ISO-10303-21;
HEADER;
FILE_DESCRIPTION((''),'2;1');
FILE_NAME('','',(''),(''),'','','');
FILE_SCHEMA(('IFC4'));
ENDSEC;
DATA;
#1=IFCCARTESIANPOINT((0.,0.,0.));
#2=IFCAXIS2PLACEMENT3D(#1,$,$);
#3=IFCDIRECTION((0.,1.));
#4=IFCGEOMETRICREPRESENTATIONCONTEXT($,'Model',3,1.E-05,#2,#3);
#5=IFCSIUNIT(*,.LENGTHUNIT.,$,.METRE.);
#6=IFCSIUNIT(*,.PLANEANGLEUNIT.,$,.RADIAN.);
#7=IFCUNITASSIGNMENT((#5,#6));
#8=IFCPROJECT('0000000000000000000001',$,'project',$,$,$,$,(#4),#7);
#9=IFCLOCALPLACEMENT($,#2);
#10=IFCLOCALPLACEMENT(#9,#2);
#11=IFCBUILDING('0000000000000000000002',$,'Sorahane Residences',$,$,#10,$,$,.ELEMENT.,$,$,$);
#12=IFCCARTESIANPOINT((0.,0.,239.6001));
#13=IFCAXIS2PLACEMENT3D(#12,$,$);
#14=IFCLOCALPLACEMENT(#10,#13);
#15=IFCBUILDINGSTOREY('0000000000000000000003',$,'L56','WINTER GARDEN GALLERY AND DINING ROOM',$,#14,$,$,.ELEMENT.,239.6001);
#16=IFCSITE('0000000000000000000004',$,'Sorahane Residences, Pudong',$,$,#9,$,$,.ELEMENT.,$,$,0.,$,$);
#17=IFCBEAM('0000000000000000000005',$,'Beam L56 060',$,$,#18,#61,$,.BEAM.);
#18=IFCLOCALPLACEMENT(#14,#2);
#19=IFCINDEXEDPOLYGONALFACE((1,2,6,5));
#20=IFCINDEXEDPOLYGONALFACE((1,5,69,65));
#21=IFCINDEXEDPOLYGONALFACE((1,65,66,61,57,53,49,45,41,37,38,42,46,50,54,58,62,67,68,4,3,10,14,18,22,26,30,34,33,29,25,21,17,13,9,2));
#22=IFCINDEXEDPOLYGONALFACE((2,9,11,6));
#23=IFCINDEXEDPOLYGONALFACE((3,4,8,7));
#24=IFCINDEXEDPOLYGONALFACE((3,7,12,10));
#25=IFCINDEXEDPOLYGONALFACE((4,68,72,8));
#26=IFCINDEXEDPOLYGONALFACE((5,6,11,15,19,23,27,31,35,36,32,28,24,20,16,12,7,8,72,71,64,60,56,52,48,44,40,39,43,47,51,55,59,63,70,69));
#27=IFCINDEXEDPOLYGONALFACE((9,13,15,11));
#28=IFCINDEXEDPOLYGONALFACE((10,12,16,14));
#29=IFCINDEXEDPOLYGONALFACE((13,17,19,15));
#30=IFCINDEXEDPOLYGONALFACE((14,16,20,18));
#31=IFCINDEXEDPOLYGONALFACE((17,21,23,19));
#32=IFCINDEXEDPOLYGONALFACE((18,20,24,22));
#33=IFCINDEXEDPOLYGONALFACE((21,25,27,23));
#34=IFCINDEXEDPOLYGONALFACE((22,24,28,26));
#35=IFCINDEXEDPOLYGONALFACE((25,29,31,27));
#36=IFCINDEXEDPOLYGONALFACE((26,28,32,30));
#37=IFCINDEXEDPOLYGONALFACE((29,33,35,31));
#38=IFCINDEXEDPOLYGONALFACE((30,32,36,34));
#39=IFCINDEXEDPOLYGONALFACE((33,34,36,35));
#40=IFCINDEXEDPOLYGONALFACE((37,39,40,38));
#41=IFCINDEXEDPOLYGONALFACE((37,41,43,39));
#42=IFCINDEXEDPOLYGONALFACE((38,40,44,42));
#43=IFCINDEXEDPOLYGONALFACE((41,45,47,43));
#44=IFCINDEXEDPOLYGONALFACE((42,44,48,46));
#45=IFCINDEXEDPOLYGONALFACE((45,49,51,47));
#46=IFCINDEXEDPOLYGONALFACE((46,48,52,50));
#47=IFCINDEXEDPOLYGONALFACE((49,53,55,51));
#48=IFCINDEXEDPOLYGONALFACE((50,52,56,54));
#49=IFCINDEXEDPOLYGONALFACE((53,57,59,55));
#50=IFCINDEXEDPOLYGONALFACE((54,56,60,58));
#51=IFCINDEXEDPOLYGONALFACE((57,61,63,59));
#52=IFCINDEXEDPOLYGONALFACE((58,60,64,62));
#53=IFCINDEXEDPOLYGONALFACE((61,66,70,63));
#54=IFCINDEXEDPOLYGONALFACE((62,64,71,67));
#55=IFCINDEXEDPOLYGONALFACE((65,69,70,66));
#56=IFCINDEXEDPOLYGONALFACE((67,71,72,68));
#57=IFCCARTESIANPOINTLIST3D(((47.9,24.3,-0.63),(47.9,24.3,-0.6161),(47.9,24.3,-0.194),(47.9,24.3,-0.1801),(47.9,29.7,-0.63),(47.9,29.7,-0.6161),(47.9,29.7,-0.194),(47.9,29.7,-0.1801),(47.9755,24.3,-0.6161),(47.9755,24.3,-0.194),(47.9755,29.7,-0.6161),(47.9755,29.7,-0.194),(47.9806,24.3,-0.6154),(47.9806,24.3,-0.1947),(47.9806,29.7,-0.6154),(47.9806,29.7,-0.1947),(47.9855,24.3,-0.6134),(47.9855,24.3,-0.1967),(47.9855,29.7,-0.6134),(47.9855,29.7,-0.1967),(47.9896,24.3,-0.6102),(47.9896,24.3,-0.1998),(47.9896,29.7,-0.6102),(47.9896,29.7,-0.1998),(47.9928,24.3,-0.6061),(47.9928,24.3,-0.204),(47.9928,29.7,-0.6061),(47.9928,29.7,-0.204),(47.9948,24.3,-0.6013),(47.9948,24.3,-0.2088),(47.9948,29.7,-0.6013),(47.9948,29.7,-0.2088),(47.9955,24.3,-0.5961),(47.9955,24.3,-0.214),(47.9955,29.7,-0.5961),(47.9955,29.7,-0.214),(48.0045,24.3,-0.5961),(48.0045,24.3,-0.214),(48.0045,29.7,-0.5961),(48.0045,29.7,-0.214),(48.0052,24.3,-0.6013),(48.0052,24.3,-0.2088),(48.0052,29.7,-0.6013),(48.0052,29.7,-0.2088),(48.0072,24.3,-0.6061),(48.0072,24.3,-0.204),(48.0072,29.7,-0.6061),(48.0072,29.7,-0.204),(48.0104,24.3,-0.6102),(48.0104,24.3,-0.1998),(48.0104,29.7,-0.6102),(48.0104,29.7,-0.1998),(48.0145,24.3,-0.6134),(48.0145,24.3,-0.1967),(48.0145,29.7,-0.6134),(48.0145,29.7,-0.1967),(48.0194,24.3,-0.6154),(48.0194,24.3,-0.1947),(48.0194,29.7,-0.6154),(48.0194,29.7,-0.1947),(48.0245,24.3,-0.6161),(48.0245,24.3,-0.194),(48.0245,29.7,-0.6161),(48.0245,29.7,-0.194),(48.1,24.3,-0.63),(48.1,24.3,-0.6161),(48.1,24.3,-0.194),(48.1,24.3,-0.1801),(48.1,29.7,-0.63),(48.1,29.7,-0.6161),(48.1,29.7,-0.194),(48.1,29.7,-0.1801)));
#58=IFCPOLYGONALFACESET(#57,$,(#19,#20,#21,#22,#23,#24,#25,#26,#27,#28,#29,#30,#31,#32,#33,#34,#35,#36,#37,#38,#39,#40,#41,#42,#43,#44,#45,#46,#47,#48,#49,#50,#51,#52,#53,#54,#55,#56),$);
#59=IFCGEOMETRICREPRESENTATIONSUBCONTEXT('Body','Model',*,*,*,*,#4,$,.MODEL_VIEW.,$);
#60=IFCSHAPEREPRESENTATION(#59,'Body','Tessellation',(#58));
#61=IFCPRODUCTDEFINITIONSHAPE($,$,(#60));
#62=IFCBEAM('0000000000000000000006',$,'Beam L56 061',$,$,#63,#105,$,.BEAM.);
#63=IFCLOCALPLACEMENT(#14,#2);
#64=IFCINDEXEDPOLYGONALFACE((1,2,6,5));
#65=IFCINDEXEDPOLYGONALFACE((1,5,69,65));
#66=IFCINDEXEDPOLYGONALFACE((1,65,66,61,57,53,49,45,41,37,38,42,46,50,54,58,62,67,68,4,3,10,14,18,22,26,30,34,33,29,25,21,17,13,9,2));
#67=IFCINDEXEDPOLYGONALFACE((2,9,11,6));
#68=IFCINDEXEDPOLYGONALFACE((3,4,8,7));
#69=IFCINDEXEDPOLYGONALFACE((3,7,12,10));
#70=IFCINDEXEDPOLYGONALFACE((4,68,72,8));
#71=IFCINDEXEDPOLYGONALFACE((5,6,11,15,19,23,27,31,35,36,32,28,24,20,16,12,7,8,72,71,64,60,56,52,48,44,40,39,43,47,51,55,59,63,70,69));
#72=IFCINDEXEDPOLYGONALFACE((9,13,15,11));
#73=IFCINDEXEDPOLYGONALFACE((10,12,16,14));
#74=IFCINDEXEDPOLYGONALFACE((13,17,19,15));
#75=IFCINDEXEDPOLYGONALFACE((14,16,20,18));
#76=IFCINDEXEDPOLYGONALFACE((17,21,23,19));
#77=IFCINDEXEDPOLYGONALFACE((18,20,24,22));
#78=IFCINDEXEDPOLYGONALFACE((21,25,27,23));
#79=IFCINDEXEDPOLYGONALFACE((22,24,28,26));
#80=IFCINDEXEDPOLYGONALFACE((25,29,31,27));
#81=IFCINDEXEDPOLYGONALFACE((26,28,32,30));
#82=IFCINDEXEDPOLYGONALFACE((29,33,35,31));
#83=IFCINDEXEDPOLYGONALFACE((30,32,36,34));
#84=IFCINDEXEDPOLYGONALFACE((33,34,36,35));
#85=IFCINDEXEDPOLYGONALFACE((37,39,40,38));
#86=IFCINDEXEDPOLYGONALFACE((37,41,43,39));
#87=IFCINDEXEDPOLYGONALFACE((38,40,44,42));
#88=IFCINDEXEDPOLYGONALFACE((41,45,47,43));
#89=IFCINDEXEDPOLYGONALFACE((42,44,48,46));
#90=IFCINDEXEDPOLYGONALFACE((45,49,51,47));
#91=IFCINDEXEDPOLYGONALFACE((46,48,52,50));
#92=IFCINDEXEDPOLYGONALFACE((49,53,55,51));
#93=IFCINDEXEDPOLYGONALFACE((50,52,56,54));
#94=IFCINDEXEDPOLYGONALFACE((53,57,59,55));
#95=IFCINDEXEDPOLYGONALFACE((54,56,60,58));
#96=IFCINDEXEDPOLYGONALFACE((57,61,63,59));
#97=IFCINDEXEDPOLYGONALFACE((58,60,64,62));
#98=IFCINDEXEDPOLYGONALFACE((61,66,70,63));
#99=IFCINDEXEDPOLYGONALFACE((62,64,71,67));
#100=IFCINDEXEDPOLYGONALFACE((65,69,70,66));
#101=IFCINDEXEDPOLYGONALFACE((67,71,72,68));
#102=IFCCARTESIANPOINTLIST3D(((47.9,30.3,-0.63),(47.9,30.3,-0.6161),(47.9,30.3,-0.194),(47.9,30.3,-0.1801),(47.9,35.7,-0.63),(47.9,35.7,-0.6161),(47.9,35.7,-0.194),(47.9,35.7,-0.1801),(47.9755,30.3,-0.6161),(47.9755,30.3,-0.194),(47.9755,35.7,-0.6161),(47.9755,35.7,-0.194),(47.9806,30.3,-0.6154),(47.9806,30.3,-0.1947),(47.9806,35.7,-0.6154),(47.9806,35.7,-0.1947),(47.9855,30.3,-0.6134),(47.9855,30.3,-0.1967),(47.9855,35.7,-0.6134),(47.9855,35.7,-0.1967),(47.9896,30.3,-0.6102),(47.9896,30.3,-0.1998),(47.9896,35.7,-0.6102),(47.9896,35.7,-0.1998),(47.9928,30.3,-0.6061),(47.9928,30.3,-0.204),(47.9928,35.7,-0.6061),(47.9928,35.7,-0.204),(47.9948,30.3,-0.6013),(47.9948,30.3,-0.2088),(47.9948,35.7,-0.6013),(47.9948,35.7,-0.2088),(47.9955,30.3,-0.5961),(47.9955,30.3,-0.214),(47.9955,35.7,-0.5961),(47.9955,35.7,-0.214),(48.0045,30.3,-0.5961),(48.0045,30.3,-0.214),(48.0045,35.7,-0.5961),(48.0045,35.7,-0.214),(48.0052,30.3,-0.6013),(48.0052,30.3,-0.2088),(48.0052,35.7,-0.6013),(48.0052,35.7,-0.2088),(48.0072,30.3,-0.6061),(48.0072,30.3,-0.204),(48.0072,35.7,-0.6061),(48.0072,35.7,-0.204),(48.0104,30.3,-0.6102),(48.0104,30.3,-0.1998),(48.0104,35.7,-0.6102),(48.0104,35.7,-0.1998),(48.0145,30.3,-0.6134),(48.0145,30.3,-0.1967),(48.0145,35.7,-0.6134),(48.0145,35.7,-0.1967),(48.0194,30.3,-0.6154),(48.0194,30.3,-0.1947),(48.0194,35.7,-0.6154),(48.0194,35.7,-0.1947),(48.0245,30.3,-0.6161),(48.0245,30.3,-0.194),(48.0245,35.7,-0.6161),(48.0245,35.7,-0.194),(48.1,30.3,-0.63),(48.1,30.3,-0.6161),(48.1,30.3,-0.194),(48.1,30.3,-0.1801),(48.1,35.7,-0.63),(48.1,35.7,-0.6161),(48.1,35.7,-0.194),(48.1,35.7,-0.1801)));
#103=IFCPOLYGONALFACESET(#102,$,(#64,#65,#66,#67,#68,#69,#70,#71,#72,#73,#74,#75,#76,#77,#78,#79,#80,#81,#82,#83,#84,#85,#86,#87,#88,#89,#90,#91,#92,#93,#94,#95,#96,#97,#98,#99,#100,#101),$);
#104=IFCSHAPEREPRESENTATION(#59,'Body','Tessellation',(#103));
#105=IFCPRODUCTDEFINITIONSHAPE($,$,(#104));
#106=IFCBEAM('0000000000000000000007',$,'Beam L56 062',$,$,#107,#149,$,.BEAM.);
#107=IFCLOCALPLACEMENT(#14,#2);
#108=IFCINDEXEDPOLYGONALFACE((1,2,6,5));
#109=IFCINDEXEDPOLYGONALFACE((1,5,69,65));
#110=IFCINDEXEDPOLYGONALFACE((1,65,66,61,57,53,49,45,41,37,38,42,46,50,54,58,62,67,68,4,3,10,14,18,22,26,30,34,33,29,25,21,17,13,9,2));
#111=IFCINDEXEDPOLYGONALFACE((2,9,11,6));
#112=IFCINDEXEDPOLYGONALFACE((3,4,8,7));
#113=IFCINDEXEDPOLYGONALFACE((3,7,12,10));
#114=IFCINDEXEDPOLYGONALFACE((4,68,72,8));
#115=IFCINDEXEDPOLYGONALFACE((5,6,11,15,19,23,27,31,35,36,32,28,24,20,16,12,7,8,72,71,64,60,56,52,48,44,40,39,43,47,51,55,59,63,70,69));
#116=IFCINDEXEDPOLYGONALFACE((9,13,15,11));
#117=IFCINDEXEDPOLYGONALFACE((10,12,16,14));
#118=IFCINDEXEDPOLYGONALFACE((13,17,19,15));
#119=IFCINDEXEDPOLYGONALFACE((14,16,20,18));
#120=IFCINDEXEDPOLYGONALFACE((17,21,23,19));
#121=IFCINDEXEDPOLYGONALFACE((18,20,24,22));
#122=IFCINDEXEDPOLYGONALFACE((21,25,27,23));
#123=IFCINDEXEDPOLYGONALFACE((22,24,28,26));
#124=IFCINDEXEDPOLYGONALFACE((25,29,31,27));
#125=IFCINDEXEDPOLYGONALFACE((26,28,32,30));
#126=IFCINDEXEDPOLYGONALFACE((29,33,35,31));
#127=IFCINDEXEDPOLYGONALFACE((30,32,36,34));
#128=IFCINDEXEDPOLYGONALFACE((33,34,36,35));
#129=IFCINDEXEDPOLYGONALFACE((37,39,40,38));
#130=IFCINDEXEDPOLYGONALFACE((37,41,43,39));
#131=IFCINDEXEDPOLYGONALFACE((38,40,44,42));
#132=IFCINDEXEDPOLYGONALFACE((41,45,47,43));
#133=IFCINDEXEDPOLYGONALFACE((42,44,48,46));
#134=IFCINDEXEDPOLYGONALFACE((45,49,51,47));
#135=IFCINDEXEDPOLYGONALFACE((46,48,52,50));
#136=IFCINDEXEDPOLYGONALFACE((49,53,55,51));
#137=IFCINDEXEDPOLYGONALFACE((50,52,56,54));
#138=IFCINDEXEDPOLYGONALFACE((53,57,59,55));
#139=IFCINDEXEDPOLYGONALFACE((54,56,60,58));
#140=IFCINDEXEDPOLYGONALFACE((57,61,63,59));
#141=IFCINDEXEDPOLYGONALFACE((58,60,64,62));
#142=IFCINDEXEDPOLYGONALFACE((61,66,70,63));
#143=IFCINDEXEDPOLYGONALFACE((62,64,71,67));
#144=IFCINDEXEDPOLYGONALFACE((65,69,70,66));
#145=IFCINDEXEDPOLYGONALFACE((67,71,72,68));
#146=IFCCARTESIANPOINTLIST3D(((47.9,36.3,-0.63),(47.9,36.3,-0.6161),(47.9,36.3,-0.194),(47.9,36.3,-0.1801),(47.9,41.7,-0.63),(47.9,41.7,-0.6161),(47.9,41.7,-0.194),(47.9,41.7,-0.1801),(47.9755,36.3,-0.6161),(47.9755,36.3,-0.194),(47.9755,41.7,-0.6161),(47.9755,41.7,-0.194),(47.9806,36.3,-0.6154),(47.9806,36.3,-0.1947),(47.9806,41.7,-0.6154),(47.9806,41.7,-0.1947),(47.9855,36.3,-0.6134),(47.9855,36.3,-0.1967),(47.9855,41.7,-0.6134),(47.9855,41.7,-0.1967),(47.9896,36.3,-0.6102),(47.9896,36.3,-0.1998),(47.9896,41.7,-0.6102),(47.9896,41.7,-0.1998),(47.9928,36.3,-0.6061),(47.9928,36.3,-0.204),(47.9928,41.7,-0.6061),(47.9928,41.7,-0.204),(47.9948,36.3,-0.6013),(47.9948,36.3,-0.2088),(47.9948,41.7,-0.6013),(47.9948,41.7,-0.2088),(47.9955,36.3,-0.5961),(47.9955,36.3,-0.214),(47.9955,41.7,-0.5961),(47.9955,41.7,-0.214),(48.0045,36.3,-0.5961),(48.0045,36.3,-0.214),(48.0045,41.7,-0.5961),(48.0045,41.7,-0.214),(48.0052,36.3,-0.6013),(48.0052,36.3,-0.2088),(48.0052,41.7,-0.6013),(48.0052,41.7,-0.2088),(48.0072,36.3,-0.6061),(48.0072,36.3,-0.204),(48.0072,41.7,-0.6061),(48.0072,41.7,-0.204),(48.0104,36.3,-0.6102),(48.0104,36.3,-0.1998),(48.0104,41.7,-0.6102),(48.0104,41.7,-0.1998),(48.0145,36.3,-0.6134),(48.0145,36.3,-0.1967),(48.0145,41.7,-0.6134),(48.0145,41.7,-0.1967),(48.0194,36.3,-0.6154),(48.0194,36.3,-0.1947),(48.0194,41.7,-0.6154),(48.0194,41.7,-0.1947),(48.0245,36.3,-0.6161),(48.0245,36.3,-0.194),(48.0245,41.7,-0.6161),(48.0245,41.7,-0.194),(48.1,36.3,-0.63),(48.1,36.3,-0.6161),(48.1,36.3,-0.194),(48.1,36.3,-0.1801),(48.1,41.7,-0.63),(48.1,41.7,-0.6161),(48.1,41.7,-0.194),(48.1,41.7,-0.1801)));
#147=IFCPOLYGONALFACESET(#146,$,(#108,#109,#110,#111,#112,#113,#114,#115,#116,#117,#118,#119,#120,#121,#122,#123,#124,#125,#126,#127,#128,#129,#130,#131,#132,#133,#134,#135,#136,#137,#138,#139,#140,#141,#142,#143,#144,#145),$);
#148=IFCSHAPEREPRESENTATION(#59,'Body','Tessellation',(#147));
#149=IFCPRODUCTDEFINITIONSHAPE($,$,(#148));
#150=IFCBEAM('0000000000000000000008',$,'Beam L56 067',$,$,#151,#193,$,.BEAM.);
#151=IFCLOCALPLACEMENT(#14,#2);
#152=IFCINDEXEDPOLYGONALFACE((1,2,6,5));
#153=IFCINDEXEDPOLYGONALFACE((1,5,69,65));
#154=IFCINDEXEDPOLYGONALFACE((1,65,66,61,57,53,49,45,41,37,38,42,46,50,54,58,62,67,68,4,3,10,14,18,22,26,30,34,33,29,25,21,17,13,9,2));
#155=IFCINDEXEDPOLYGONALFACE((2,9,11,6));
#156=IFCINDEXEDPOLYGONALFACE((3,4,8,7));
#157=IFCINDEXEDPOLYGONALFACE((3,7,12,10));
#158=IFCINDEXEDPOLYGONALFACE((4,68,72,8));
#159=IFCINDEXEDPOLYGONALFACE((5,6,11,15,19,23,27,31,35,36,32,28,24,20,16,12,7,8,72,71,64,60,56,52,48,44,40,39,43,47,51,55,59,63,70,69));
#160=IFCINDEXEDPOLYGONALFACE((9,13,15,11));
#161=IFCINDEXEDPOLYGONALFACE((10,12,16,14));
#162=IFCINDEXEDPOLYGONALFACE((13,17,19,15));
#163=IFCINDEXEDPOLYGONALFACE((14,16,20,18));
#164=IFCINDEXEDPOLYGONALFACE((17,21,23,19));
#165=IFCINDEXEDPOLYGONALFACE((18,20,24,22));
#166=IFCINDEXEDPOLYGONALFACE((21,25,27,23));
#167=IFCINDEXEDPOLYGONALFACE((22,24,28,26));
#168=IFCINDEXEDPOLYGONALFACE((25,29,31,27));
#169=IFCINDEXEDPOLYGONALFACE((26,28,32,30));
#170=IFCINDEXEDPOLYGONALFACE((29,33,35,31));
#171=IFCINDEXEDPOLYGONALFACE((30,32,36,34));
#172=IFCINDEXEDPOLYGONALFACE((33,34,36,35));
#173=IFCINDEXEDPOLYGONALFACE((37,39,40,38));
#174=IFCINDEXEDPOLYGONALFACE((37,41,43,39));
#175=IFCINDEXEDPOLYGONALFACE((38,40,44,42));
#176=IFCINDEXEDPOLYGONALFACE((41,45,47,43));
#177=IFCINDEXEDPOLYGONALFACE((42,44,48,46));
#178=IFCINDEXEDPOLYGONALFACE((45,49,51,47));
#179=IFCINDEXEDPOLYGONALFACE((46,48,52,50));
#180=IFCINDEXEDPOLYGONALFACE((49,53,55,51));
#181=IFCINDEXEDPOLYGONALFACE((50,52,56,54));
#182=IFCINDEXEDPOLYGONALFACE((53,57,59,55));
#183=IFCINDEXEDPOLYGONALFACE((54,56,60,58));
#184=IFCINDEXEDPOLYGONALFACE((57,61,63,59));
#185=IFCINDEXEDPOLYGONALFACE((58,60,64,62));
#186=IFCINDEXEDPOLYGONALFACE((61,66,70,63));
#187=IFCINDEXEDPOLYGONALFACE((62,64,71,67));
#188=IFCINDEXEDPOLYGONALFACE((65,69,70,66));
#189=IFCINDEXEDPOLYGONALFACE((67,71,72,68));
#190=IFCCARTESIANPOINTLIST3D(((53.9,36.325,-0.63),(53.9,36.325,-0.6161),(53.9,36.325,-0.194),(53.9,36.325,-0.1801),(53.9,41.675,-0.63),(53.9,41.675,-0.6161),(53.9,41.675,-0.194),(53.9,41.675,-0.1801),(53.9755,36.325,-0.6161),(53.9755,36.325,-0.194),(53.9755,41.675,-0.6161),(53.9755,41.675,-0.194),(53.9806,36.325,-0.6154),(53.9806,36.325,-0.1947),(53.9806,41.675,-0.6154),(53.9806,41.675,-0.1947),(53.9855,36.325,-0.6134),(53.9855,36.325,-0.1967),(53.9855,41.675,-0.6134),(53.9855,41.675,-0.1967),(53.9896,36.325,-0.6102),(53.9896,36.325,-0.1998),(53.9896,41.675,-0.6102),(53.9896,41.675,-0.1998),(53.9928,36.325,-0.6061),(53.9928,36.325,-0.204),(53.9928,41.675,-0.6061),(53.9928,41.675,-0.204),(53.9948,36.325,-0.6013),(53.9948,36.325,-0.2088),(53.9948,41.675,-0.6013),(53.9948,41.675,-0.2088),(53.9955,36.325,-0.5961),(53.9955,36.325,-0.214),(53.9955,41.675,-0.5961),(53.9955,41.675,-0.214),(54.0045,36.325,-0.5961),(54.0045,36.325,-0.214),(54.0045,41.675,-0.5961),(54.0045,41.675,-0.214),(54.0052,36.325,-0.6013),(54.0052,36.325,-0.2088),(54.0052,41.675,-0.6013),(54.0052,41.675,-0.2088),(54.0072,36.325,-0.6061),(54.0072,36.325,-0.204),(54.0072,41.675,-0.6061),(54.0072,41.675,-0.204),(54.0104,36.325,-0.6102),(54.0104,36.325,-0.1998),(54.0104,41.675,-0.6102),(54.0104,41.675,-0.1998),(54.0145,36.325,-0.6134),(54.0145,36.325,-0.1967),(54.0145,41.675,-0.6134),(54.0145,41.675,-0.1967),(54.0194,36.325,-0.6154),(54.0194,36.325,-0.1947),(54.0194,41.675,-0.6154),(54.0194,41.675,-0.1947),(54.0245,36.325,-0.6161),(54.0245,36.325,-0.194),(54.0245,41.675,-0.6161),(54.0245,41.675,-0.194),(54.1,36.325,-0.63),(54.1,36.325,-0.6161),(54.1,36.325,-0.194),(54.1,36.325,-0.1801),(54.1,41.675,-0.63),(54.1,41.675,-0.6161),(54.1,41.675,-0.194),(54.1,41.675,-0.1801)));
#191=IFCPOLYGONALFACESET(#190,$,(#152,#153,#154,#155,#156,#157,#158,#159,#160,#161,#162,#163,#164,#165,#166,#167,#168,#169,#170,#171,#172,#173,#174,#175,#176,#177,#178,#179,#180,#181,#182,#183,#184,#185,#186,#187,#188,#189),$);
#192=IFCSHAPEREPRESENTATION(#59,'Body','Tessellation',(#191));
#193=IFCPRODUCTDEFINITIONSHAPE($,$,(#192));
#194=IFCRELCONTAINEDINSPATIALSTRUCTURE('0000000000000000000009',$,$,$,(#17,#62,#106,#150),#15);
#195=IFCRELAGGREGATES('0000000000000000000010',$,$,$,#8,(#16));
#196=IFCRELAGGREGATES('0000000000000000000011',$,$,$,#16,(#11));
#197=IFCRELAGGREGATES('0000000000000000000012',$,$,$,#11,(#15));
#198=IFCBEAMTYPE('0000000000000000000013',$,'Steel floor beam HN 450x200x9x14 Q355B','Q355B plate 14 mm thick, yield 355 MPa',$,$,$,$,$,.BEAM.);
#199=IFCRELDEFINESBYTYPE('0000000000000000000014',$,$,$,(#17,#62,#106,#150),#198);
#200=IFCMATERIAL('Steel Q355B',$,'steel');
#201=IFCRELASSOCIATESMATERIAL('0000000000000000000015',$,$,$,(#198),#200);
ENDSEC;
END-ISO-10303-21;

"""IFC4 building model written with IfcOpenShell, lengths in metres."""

from ifc_helpers import new_model, si_unit, direction, frame, origin, origin_2d, place, context, subcontext, project, spatial, i_section, extrude, material, material_profile, profile_set, type_object, element, save


model = new_model("IFC4")

# Units and contexts
model_context = context("Model", 3, precision=1e-05, world=origin(), true_north=direction((0.0, 1.0)))
body_context = subcontext(model_context, "Body", "Model", "MODEL_VIEW")
ifc_project = project(units=[si_unit("LENGTHUNIT", "METRE"), si_unit("PLANEANGLEUNIT", "RADIAN")], contexts=[model_context])

# Site, building, storey
site_placement = place(None, origin())
site = spatial("IfcSite", under=ifc_project, at=site_placement, Name="Sorahane Residences, Pudong", CompositionType="ELEMENT", RefElevation=0.0)
building_placement = place(site_placement, origin())
building = spatial("IfcBuilding", under=site, at=building_placement, Name="Sorahane Residences", CompositionType="ELEMENT")
storey_placement = place(building_placement, frame((0.0, 0.0, 239.6001)))
storey = spatial("IfcBuildingStorey", under=building, at=storey_placement, Name="L56", Description="WINTER GARDEN GALLERY AND DINING ROOM", CompositionType="ELEMENT", Elevation=239.6001)

# Beams
ifc_material_1 = material(Name="Steel Q355B", Category="steel")
ifc_material_profile_1 = material_profile(ifc_material_1, i_section(OverallWidth=0.2, OverallDepth=0.45, WebThickness=0.009, FlangeThickness=0.0139, FilletRadius=0.02, at=origin_2d()), Name="HN 450x200x9x14")
ifc_profile_set_1 = profile_set([ifc_material_profile_1], Name="Steel Q355B")
beam_type_1 = type_object("IfcBeamType", Name="Steel floor beam HN 450x200x9x14 Q355B", Description="Q355B plate 14 mm thick, yield 355 MPa", PredefinedType="BEAM", material=ifc_profile_set_1)
for number, where, z_axis, x_axis, name in (
    (1, (48.0, 24.3, -0.405), (0.0, 1.0, 0.0), (-1.0, 0.0, 0.0), "Beam L56 060"),
    (2, (48.0, 30.3, -0.405), (0.0, 1.0, 0.0), (-1.0, 0.0, 0.0), "Beam L56 061"),
    (3, (48.0, 36.3, -0.405), (0.0, 1.0, 0.0), (-1.0, 0.0, 0.0), "Beam L56 062"),
):
    element("IfcBeam", number, at=place(storey_placement, frame(where, z_axis=z_axis, x_axis=x_axis)), inside=storey, type_object=beam_type_1, Name=name, PredefinedType="BEAM", context=body_context, shape_type="SweptSolid", body=[
        extrude(i_section(OverallWidth=0.2, OverallDepth=0.45, WebThickness=0.009, FlangeThickness=0.0139, FilletRadius=0.02, at=origin_2d()), origin(), (0.0, 0.0, 1.0), 5.3999),
    ])
beam_1_placement = place(storey_placement, frame((54.0, 36.325, -0.405), z_axis=(0.0, 1.0, 0.0), x_axis=(-1.0, 0.0, 0.0)))
element("IfcBeam", 4, at=beam_1_placement, inside=storey, type_object=beam_type_1, Name="Beam L56 067", PredefinedType="BEAM", context=body_context, shape_type="SweptSolid", body=[
    extrude(i_section(OverallWidth=0.2, OverallDepth=0.45, WebThickness=0.009, FlangeThickness=0.0139, FilletRadius=0.02, at=origin_2d()), origin(), (0.0, 0.0, 1.0), 5.3501),
])

save(model, "model.ifc")
